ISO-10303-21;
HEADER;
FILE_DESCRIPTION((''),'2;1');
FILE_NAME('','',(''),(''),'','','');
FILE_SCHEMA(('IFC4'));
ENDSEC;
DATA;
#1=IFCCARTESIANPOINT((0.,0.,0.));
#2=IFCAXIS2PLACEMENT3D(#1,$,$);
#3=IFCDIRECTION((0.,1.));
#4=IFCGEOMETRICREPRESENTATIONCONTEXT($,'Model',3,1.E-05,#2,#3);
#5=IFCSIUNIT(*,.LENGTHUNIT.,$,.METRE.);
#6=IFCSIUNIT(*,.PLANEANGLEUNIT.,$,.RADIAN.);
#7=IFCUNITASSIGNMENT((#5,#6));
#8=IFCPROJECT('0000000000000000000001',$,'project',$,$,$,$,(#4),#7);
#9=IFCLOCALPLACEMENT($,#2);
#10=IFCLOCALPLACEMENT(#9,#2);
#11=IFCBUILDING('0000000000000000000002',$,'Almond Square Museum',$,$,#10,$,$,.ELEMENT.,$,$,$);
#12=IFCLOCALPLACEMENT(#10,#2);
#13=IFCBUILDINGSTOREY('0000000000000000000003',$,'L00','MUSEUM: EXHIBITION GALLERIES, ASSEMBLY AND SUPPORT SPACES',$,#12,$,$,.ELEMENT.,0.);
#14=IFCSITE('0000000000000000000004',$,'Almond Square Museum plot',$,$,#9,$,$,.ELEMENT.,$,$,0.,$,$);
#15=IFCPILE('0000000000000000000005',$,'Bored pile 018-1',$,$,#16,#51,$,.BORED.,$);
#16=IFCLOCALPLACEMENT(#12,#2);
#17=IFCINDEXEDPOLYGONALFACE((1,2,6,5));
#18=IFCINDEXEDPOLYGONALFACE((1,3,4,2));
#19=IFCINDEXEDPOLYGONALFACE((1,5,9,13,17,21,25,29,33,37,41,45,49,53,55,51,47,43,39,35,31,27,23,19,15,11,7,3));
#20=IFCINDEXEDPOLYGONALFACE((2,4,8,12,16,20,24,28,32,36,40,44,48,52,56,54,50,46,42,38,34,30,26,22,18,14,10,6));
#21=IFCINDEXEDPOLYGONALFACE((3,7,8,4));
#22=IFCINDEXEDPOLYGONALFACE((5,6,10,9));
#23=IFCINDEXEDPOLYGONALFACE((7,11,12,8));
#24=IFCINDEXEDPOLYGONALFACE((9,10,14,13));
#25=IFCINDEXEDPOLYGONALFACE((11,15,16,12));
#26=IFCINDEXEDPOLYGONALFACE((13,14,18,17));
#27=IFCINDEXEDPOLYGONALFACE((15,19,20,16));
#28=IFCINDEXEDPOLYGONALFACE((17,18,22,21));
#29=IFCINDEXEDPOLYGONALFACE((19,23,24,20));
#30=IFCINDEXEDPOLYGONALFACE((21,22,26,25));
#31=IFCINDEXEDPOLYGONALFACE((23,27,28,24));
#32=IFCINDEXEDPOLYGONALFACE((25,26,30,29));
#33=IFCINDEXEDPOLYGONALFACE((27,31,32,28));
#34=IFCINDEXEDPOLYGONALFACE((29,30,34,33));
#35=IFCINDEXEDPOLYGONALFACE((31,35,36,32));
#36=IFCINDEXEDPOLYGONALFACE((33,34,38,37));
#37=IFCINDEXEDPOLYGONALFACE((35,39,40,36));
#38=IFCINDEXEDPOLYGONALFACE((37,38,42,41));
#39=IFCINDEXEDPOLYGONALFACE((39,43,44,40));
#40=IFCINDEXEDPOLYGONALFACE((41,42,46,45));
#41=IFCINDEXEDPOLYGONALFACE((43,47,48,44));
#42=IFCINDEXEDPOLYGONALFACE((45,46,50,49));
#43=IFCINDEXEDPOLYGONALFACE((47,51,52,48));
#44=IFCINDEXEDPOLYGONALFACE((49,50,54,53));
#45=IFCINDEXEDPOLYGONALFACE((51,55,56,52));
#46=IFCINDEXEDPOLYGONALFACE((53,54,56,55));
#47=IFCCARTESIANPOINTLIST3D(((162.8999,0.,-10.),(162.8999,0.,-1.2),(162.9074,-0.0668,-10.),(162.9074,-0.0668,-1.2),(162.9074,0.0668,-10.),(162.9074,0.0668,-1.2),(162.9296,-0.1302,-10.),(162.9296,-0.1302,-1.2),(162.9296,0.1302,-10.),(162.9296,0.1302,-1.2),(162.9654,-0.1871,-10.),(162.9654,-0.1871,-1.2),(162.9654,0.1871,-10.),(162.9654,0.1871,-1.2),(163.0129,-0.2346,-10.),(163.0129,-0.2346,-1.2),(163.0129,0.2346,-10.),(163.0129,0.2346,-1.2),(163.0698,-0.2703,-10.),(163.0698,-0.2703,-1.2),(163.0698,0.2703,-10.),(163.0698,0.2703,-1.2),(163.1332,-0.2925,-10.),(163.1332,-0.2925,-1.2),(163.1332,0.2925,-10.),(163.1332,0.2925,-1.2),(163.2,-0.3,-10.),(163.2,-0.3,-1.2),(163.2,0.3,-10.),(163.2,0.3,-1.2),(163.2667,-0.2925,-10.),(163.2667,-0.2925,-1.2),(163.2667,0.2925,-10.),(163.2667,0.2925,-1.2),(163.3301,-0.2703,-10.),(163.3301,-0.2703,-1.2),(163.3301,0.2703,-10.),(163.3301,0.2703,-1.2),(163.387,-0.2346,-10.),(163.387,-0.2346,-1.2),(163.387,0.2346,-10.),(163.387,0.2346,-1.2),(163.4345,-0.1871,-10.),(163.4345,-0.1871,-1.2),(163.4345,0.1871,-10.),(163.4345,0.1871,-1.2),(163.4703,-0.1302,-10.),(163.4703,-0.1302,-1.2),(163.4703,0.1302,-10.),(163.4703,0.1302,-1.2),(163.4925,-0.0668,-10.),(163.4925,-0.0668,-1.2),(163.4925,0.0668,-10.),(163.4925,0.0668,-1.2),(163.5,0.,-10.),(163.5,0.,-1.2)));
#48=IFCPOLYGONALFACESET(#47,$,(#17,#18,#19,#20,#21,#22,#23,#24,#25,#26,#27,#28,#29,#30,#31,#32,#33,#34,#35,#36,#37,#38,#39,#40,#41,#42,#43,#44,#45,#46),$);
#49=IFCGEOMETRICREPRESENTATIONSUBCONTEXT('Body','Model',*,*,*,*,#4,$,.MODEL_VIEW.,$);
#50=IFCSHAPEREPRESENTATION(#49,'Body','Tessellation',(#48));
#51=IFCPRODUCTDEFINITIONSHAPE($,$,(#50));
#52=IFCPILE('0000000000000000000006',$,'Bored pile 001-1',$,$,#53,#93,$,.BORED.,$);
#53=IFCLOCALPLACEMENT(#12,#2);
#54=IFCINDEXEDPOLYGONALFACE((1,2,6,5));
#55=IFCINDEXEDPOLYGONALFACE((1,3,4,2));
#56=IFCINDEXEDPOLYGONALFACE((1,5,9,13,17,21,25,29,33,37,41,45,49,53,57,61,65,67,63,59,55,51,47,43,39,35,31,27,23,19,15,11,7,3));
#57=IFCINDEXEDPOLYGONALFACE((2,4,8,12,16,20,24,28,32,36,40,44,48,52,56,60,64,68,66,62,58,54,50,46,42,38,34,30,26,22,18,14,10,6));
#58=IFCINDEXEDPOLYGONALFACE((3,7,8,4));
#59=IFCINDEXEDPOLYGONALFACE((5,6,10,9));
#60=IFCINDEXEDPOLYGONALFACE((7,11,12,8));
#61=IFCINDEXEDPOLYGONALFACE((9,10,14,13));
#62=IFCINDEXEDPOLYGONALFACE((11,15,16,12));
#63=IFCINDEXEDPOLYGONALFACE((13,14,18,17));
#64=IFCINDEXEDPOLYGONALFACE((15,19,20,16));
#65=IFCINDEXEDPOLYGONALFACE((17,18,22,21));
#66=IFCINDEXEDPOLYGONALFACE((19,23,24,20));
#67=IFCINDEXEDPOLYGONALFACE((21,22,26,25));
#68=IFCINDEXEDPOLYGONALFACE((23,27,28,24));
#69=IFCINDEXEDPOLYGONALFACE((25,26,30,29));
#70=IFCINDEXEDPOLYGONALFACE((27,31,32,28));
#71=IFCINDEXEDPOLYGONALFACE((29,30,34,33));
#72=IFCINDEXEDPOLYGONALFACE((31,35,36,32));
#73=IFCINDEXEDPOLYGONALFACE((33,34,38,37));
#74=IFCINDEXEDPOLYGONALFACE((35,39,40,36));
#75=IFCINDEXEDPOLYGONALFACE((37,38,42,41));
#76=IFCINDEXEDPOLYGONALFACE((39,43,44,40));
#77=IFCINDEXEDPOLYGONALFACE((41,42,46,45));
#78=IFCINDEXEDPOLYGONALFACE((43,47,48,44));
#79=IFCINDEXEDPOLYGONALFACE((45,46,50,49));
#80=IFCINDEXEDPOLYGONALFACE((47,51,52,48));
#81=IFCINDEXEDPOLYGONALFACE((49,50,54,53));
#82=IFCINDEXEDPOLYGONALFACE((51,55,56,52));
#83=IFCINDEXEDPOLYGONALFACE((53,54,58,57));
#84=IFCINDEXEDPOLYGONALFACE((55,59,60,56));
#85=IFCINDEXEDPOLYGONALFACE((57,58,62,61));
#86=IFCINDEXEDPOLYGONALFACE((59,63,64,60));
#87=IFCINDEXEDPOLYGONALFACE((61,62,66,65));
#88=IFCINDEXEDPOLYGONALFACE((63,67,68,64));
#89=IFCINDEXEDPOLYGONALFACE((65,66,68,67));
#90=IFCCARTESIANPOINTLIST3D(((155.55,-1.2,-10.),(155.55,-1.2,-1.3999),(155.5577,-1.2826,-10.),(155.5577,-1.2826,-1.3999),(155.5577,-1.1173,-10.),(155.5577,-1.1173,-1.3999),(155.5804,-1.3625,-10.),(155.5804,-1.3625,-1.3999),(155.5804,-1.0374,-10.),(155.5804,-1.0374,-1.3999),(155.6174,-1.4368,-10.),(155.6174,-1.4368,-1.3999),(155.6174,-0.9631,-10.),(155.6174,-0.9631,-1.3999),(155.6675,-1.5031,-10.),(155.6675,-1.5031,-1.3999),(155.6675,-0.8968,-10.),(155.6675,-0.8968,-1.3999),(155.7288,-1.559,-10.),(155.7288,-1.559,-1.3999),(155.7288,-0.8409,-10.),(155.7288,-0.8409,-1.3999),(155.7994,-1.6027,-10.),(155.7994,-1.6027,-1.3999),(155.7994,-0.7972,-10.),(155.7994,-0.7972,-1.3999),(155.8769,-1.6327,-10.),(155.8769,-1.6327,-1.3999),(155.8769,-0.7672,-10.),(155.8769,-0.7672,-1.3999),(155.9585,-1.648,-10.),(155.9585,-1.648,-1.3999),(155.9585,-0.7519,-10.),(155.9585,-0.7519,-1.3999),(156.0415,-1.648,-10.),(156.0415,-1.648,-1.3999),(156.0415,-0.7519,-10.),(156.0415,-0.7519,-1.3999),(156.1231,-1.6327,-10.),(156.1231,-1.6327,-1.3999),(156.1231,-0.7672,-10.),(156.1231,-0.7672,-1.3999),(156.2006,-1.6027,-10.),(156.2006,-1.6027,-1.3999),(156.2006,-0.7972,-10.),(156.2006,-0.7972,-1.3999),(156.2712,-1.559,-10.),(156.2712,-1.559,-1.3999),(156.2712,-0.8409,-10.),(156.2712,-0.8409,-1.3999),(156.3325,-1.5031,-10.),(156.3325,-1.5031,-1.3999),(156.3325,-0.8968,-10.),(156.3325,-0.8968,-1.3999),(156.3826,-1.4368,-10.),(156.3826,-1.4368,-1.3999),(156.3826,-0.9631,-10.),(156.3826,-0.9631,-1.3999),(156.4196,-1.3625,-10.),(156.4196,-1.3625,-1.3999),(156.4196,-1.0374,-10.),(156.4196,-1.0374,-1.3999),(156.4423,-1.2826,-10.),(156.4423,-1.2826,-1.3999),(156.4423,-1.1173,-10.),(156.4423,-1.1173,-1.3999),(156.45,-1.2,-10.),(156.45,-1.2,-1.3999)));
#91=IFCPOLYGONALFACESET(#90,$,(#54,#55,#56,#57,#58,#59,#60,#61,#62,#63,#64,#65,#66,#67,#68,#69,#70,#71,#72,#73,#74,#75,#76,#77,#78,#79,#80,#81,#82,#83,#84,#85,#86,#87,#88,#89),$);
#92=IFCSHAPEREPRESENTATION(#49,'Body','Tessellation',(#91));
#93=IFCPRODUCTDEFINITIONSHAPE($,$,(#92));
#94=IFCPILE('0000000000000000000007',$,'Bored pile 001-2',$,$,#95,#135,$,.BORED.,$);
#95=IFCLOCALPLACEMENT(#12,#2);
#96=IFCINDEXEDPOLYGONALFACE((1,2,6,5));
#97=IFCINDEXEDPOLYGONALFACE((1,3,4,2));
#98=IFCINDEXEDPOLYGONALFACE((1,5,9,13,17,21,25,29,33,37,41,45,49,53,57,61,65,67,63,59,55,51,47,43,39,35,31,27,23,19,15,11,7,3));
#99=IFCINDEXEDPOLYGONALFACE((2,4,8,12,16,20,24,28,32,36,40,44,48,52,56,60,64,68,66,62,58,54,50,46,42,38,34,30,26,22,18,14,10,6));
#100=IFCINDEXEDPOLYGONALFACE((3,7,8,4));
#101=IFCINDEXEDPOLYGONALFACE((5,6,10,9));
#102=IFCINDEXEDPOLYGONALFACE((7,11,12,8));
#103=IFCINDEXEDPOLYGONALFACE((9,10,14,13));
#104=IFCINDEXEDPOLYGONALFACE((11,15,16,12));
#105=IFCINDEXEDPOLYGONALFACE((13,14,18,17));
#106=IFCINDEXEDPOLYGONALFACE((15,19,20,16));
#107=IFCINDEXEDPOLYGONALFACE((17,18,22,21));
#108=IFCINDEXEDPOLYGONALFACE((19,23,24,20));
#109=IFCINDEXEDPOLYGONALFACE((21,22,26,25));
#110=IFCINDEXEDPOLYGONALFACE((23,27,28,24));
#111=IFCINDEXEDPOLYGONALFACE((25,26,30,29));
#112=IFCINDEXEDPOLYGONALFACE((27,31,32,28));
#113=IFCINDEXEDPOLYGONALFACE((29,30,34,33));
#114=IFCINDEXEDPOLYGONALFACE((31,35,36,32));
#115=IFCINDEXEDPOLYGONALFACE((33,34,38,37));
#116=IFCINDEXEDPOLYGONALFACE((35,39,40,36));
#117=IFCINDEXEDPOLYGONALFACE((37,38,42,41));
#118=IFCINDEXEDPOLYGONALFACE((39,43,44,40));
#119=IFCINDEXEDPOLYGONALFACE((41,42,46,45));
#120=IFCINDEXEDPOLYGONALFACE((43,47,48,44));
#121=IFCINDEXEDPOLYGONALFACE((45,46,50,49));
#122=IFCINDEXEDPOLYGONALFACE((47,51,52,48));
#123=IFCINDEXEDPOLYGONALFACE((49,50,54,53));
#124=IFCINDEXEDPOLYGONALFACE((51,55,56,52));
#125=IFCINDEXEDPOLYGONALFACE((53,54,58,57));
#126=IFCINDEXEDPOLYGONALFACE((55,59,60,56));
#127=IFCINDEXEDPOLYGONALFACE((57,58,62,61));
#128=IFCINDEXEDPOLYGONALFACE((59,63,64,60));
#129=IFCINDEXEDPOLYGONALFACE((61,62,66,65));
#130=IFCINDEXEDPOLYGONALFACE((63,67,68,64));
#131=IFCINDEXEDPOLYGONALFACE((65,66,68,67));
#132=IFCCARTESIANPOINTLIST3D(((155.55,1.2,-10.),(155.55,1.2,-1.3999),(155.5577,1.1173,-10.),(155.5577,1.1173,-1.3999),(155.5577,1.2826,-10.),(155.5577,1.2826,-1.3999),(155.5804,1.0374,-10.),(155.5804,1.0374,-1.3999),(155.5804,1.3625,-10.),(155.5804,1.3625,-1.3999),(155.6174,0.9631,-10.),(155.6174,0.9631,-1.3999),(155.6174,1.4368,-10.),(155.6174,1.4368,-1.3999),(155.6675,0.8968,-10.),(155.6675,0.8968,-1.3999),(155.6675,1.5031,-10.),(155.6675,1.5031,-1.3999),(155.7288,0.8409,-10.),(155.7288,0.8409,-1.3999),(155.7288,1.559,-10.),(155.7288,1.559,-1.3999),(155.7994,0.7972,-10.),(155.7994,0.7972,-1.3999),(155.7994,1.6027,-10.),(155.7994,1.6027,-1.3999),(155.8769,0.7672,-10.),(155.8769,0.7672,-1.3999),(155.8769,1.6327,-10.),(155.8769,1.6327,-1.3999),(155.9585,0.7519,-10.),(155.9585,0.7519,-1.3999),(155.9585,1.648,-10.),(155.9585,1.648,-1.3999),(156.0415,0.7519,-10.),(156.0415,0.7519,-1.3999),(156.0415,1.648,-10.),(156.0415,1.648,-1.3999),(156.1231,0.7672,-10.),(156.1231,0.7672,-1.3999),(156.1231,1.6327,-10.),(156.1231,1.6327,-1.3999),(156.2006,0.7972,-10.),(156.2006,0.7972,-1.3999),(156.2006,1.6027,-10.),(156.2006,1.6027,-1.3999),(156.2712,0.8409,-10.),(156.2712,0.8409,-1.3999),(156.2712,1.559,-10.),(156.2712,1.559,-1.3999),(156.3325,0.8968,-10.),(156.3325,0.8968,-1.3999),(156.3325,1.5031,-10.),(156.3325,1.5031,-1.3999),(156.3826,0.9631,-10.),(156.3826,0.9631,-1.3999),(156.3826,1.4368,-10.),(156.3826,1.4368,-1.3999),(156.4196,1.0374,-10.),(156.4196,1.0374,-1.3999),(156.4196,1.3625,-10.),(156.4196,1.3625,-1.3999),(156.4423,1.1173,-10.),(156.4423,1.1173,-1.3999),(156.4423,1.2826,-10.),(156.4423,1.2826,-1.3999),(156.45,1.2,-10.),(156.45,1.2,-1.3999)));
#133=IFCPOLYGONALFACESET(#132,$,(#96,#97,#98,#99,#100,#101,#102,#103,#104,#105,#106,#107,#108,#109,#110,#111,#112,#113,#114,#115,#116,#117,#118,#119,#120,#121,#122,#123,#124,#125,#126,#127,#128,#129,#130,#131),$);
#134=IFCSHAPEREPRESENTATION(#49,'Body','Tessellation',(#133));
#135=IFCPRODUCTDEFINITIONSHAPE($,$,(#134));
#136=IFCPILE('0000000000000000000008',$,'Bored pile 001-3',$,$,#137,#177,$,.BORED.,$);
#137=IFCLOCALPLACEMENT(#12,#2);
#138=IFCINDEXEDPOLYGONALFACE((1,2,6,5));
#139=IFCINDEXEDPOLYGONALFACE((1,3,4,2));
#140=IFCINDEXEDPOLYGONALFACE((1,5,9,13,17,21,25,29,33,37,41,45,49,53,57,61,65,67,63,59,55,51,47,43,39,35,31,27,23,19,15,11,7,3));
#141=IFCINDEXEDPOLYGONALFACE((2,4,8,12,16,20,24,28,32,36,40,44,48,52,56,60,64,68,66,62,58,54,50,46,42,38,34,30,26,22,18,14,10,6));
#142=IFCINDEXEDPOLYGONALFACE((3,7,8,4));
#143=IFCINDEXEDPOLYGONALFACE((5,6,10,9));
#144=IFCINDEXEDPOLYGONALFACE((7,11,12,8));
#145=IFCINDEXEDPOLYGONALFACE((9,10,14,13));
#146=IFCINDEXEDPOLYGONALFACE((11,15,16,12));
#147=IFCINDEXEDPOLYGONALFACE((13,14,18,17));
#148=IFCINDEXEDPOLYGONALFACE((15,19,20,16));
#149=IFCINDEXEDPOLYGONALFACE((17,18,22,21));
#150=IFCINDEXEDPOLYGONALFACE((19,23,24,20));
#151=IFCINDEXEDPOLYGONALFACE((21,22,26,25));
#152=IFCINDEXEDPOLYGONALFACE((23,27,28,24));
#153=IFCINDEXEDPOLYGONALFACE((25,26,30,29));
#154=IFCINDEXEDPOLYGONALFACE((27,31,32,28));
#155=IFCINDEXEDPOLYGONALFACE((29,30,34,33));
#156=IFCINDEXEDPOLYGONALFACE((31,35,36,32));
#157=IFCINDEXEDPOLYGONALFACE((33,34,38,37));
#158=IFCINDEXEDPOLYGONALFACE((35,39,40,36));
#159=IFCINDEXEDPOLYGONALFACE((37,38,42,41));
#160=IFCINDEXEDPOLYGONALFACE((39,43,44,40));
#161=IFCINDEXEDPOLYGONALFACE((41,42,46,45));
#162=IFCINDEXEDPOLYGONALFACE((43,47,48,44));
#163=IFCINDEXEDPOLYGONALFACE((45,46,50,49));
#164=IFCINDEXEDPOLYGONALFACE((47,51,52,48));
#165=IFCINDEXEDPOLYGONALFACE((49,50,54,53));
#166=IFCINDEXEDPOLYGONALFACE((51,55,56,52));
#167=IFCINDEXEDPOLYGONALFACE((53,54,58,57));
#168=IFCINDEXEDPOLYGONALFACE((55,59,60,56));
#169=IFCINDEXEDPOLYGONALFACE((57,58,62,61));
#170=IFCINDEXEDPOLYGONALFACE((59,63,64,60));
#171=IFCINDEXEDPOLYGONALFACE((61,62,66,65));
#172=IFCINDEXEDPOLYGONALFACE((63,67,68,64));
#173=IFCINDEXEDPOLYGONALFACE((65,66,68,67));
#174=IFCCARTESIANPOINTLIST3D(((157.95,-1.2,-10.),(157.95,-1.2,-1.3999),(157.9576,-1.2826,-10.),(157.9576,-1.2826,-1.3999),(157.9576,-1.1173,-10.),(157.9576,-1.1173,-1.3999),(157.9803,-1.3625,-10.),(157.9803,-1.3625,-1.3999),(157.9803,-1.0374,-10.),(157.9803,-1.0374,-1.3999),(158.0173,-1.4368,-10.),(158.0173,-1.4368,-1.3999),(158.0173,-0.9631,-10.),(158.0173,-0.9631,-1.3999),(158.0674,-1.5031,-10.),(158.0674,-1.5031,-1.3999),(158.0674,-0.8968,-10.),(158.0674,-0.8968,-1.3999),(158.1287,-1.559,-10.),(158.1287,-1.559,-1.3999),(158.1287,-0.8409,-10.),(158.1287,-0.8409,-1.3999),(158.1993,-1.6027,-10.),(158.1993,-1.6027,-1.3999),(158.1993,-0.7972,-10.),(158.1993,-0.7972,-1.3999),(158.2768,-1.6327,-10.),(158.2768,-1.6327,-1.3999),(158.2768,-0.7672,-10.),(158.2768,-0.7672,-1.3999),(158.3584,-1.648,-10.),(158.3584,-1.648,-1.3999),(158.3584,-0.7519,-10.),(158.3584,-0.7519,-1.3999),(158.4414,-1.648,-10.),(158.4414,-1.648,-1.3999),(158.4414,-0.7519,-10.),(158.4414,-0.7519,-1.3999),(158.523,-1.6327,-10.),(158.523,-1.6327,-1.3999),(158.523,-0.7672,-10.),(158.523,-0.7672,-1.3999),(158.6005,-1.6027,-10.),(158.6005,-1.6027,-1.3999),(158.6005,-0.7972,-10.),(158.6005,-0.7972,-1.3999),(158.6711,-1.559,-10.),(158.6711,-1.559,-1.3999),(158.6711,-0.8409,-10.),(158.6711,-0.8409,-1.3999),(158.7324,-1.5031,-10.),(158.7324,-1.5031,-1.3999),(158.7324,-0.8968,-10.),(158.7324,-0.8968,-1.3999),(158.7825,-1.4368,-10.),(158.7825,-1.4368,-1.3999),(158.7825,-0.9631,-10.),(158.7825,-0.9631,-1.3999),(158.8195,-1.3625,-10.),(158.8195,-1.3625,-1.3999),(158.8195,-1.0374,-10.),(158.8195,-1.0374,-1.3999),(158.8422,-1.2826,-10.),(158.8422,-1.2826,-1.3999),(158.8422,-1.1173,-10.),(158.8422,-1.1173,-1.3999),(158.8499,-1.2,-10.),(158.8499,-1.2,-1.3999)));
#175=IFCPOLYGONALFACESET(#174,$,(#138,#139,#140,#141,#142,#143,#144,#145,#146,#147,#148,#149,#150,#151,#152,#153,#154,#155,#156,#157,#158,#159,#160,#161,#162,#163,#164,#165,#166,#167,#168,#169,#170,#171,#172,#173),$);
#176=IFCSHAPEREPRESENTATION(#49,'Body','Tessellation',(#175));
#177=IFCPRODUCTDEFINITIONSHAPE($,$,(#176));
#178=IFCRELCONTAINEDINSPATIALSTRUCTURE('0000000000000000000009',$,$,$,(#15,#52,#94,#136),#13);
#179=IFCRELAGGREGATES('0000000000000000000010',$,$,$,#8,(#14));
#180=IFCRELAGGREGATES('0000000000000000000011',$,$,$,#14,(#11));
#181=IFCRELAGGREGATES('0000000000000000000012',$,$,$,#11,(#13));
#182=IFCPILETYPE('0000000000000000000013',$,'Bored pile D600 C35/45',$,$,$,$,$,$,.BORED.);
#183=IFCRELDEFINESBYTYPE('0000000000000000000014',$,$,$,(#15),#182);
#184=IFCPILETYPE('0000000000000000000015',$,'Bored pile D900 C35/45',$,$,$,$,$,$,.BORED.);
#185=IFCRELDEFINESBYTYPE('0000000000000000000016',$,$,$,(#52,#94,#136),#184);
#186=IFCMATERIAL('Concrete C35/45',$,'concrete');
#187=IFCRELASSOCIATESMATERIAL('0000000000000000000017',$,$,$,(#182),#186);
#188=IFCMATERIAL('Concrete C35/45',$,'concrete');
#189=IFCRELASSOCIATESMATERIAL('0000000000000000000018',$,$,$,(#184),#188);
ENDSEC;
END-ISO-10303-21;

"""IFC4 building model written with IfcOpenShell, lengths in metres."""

from ifc_helpers import new_model, si_unit, direction, frame, origin, origin_2d, place, context, subcontext, project, spatial, circle, extrude, material, material_profile, profile_set, type_object, element, save


model = new_model("IFC4")

# Units and contexts
model_context = context("Model", 3, precision=1e-05, world=origin(), true_north=direction((0.0, 1.0)))
body_context = subcontext(model_context, "Body", "Model", "MODEL_VIEW")
ifc_project = project(units=[si_unit("LENGTHUNIT", "METRE"), si_unit("PLANEANGLEUNIT", "RADIAN")], contexts=[model_context])

# Site, building, storey
site_placement = place(None, origin())
site = spatial("IfcSite", under=ifc_project, at=site_placement, Name="Almond Square Museum plot", CompositionType="ELEMENT", RefElevation=0.0)
building_placement = place(site_placement, origin())
building = spatial("IfcBuilding", under=site, at=building_placement, Name="Almond Square Museum", CompositionType="ELEMENT")
storey_placement = place(building_placement, origin())
storey = spatial("IfcBuildingStorey", under=building, at=storey_placement, Name="L00", Description="MUSEUM: EXHIBITION GALLERIES, ASSEMBLY AND SUPPORT SPACES", CompositionType="ELEMENT", Elevation=0.0)

# Piles
ifc_material_1 = material(Name="Concrete C35/45", Category="concrete")
ifc_material_profile_1 = material_profile(ifc_material_1, circle(Radius=0.3, at=origin_2d()))
ifc_profile_set_1 = profile_set([ifc_material_profile_1], Name="Concrete C35/45")
pile_type_1 = type_object("IfcPileType", Name="Bored pile D600 C35/45", PredefinedType="BORED", material=ifc_profile_set_1)
pile_placement = place(storey_placement, frame((163.2, 0.0, -1.2), z_axis=(0.0, 0.0, -1.0), x_axis=(1.0, 0.0, 0.0)))
element("IfcPile", 1, at=pile_placement, inside=storey, type_object=pile_type_1, Name="Bored pile 018-1", PredefinedType="BORED", context=body_context, shape_type="SweptSolid", body=[
    extrude(circle(Radius=0.3, at=origin_2d()), origin(), (0.0, 0.0, 1.0), 8.8),
])
ifc_material_2 = material(Name="Concrete C35/45", Category="concrete")
ifc_material_profile_2 = material_profile(ifc_material_2, circle(Radius=0.45, at=origin_2d()))
ifc_profile_set_2 = profile_set([ifc_material_profile_2], Name="Concrete C35/45")
pile_type_2 = type_object("IfcPileType", Name="Bored pile D900 C35/45", PredefinedType="BORED", material=ifc_profile_set_2)
for number, where, z_axis, x_axis, name in (
    (2, (156.0, -1.2, -1.3999), (0.0, 0.0, -1.0), (1.0, 0.0, 0.0), "Bored pile 001-1"),
    (3, (156.0, 1.2, -1.3999), (0.0, 0.0, -1.0), (1.0, 0.0, 0.0), "Bored pile 001-2"),
    (4, (158.3999, -1.2, -1.3999), (0.0, 0.0, -1.0), (1.0, 0.0, 0.0), "Bored pile 001-3"),
):
    element("IfcPile", number, at=place(storey_placement, frame(where, z_axis=z_axis, x_axis=x_axis)), inside=storey, type_object=pile_type_2, Name=name, PredefinedType="BORED", context=body_context, shape_type="SweptSolid", body=[
        extrude(circle(Radius=0.45, at=origin_2d()), origin(), (0.0, 0.0, 1.0), 8.6001),
    ])

save(model, "model.ifc")
